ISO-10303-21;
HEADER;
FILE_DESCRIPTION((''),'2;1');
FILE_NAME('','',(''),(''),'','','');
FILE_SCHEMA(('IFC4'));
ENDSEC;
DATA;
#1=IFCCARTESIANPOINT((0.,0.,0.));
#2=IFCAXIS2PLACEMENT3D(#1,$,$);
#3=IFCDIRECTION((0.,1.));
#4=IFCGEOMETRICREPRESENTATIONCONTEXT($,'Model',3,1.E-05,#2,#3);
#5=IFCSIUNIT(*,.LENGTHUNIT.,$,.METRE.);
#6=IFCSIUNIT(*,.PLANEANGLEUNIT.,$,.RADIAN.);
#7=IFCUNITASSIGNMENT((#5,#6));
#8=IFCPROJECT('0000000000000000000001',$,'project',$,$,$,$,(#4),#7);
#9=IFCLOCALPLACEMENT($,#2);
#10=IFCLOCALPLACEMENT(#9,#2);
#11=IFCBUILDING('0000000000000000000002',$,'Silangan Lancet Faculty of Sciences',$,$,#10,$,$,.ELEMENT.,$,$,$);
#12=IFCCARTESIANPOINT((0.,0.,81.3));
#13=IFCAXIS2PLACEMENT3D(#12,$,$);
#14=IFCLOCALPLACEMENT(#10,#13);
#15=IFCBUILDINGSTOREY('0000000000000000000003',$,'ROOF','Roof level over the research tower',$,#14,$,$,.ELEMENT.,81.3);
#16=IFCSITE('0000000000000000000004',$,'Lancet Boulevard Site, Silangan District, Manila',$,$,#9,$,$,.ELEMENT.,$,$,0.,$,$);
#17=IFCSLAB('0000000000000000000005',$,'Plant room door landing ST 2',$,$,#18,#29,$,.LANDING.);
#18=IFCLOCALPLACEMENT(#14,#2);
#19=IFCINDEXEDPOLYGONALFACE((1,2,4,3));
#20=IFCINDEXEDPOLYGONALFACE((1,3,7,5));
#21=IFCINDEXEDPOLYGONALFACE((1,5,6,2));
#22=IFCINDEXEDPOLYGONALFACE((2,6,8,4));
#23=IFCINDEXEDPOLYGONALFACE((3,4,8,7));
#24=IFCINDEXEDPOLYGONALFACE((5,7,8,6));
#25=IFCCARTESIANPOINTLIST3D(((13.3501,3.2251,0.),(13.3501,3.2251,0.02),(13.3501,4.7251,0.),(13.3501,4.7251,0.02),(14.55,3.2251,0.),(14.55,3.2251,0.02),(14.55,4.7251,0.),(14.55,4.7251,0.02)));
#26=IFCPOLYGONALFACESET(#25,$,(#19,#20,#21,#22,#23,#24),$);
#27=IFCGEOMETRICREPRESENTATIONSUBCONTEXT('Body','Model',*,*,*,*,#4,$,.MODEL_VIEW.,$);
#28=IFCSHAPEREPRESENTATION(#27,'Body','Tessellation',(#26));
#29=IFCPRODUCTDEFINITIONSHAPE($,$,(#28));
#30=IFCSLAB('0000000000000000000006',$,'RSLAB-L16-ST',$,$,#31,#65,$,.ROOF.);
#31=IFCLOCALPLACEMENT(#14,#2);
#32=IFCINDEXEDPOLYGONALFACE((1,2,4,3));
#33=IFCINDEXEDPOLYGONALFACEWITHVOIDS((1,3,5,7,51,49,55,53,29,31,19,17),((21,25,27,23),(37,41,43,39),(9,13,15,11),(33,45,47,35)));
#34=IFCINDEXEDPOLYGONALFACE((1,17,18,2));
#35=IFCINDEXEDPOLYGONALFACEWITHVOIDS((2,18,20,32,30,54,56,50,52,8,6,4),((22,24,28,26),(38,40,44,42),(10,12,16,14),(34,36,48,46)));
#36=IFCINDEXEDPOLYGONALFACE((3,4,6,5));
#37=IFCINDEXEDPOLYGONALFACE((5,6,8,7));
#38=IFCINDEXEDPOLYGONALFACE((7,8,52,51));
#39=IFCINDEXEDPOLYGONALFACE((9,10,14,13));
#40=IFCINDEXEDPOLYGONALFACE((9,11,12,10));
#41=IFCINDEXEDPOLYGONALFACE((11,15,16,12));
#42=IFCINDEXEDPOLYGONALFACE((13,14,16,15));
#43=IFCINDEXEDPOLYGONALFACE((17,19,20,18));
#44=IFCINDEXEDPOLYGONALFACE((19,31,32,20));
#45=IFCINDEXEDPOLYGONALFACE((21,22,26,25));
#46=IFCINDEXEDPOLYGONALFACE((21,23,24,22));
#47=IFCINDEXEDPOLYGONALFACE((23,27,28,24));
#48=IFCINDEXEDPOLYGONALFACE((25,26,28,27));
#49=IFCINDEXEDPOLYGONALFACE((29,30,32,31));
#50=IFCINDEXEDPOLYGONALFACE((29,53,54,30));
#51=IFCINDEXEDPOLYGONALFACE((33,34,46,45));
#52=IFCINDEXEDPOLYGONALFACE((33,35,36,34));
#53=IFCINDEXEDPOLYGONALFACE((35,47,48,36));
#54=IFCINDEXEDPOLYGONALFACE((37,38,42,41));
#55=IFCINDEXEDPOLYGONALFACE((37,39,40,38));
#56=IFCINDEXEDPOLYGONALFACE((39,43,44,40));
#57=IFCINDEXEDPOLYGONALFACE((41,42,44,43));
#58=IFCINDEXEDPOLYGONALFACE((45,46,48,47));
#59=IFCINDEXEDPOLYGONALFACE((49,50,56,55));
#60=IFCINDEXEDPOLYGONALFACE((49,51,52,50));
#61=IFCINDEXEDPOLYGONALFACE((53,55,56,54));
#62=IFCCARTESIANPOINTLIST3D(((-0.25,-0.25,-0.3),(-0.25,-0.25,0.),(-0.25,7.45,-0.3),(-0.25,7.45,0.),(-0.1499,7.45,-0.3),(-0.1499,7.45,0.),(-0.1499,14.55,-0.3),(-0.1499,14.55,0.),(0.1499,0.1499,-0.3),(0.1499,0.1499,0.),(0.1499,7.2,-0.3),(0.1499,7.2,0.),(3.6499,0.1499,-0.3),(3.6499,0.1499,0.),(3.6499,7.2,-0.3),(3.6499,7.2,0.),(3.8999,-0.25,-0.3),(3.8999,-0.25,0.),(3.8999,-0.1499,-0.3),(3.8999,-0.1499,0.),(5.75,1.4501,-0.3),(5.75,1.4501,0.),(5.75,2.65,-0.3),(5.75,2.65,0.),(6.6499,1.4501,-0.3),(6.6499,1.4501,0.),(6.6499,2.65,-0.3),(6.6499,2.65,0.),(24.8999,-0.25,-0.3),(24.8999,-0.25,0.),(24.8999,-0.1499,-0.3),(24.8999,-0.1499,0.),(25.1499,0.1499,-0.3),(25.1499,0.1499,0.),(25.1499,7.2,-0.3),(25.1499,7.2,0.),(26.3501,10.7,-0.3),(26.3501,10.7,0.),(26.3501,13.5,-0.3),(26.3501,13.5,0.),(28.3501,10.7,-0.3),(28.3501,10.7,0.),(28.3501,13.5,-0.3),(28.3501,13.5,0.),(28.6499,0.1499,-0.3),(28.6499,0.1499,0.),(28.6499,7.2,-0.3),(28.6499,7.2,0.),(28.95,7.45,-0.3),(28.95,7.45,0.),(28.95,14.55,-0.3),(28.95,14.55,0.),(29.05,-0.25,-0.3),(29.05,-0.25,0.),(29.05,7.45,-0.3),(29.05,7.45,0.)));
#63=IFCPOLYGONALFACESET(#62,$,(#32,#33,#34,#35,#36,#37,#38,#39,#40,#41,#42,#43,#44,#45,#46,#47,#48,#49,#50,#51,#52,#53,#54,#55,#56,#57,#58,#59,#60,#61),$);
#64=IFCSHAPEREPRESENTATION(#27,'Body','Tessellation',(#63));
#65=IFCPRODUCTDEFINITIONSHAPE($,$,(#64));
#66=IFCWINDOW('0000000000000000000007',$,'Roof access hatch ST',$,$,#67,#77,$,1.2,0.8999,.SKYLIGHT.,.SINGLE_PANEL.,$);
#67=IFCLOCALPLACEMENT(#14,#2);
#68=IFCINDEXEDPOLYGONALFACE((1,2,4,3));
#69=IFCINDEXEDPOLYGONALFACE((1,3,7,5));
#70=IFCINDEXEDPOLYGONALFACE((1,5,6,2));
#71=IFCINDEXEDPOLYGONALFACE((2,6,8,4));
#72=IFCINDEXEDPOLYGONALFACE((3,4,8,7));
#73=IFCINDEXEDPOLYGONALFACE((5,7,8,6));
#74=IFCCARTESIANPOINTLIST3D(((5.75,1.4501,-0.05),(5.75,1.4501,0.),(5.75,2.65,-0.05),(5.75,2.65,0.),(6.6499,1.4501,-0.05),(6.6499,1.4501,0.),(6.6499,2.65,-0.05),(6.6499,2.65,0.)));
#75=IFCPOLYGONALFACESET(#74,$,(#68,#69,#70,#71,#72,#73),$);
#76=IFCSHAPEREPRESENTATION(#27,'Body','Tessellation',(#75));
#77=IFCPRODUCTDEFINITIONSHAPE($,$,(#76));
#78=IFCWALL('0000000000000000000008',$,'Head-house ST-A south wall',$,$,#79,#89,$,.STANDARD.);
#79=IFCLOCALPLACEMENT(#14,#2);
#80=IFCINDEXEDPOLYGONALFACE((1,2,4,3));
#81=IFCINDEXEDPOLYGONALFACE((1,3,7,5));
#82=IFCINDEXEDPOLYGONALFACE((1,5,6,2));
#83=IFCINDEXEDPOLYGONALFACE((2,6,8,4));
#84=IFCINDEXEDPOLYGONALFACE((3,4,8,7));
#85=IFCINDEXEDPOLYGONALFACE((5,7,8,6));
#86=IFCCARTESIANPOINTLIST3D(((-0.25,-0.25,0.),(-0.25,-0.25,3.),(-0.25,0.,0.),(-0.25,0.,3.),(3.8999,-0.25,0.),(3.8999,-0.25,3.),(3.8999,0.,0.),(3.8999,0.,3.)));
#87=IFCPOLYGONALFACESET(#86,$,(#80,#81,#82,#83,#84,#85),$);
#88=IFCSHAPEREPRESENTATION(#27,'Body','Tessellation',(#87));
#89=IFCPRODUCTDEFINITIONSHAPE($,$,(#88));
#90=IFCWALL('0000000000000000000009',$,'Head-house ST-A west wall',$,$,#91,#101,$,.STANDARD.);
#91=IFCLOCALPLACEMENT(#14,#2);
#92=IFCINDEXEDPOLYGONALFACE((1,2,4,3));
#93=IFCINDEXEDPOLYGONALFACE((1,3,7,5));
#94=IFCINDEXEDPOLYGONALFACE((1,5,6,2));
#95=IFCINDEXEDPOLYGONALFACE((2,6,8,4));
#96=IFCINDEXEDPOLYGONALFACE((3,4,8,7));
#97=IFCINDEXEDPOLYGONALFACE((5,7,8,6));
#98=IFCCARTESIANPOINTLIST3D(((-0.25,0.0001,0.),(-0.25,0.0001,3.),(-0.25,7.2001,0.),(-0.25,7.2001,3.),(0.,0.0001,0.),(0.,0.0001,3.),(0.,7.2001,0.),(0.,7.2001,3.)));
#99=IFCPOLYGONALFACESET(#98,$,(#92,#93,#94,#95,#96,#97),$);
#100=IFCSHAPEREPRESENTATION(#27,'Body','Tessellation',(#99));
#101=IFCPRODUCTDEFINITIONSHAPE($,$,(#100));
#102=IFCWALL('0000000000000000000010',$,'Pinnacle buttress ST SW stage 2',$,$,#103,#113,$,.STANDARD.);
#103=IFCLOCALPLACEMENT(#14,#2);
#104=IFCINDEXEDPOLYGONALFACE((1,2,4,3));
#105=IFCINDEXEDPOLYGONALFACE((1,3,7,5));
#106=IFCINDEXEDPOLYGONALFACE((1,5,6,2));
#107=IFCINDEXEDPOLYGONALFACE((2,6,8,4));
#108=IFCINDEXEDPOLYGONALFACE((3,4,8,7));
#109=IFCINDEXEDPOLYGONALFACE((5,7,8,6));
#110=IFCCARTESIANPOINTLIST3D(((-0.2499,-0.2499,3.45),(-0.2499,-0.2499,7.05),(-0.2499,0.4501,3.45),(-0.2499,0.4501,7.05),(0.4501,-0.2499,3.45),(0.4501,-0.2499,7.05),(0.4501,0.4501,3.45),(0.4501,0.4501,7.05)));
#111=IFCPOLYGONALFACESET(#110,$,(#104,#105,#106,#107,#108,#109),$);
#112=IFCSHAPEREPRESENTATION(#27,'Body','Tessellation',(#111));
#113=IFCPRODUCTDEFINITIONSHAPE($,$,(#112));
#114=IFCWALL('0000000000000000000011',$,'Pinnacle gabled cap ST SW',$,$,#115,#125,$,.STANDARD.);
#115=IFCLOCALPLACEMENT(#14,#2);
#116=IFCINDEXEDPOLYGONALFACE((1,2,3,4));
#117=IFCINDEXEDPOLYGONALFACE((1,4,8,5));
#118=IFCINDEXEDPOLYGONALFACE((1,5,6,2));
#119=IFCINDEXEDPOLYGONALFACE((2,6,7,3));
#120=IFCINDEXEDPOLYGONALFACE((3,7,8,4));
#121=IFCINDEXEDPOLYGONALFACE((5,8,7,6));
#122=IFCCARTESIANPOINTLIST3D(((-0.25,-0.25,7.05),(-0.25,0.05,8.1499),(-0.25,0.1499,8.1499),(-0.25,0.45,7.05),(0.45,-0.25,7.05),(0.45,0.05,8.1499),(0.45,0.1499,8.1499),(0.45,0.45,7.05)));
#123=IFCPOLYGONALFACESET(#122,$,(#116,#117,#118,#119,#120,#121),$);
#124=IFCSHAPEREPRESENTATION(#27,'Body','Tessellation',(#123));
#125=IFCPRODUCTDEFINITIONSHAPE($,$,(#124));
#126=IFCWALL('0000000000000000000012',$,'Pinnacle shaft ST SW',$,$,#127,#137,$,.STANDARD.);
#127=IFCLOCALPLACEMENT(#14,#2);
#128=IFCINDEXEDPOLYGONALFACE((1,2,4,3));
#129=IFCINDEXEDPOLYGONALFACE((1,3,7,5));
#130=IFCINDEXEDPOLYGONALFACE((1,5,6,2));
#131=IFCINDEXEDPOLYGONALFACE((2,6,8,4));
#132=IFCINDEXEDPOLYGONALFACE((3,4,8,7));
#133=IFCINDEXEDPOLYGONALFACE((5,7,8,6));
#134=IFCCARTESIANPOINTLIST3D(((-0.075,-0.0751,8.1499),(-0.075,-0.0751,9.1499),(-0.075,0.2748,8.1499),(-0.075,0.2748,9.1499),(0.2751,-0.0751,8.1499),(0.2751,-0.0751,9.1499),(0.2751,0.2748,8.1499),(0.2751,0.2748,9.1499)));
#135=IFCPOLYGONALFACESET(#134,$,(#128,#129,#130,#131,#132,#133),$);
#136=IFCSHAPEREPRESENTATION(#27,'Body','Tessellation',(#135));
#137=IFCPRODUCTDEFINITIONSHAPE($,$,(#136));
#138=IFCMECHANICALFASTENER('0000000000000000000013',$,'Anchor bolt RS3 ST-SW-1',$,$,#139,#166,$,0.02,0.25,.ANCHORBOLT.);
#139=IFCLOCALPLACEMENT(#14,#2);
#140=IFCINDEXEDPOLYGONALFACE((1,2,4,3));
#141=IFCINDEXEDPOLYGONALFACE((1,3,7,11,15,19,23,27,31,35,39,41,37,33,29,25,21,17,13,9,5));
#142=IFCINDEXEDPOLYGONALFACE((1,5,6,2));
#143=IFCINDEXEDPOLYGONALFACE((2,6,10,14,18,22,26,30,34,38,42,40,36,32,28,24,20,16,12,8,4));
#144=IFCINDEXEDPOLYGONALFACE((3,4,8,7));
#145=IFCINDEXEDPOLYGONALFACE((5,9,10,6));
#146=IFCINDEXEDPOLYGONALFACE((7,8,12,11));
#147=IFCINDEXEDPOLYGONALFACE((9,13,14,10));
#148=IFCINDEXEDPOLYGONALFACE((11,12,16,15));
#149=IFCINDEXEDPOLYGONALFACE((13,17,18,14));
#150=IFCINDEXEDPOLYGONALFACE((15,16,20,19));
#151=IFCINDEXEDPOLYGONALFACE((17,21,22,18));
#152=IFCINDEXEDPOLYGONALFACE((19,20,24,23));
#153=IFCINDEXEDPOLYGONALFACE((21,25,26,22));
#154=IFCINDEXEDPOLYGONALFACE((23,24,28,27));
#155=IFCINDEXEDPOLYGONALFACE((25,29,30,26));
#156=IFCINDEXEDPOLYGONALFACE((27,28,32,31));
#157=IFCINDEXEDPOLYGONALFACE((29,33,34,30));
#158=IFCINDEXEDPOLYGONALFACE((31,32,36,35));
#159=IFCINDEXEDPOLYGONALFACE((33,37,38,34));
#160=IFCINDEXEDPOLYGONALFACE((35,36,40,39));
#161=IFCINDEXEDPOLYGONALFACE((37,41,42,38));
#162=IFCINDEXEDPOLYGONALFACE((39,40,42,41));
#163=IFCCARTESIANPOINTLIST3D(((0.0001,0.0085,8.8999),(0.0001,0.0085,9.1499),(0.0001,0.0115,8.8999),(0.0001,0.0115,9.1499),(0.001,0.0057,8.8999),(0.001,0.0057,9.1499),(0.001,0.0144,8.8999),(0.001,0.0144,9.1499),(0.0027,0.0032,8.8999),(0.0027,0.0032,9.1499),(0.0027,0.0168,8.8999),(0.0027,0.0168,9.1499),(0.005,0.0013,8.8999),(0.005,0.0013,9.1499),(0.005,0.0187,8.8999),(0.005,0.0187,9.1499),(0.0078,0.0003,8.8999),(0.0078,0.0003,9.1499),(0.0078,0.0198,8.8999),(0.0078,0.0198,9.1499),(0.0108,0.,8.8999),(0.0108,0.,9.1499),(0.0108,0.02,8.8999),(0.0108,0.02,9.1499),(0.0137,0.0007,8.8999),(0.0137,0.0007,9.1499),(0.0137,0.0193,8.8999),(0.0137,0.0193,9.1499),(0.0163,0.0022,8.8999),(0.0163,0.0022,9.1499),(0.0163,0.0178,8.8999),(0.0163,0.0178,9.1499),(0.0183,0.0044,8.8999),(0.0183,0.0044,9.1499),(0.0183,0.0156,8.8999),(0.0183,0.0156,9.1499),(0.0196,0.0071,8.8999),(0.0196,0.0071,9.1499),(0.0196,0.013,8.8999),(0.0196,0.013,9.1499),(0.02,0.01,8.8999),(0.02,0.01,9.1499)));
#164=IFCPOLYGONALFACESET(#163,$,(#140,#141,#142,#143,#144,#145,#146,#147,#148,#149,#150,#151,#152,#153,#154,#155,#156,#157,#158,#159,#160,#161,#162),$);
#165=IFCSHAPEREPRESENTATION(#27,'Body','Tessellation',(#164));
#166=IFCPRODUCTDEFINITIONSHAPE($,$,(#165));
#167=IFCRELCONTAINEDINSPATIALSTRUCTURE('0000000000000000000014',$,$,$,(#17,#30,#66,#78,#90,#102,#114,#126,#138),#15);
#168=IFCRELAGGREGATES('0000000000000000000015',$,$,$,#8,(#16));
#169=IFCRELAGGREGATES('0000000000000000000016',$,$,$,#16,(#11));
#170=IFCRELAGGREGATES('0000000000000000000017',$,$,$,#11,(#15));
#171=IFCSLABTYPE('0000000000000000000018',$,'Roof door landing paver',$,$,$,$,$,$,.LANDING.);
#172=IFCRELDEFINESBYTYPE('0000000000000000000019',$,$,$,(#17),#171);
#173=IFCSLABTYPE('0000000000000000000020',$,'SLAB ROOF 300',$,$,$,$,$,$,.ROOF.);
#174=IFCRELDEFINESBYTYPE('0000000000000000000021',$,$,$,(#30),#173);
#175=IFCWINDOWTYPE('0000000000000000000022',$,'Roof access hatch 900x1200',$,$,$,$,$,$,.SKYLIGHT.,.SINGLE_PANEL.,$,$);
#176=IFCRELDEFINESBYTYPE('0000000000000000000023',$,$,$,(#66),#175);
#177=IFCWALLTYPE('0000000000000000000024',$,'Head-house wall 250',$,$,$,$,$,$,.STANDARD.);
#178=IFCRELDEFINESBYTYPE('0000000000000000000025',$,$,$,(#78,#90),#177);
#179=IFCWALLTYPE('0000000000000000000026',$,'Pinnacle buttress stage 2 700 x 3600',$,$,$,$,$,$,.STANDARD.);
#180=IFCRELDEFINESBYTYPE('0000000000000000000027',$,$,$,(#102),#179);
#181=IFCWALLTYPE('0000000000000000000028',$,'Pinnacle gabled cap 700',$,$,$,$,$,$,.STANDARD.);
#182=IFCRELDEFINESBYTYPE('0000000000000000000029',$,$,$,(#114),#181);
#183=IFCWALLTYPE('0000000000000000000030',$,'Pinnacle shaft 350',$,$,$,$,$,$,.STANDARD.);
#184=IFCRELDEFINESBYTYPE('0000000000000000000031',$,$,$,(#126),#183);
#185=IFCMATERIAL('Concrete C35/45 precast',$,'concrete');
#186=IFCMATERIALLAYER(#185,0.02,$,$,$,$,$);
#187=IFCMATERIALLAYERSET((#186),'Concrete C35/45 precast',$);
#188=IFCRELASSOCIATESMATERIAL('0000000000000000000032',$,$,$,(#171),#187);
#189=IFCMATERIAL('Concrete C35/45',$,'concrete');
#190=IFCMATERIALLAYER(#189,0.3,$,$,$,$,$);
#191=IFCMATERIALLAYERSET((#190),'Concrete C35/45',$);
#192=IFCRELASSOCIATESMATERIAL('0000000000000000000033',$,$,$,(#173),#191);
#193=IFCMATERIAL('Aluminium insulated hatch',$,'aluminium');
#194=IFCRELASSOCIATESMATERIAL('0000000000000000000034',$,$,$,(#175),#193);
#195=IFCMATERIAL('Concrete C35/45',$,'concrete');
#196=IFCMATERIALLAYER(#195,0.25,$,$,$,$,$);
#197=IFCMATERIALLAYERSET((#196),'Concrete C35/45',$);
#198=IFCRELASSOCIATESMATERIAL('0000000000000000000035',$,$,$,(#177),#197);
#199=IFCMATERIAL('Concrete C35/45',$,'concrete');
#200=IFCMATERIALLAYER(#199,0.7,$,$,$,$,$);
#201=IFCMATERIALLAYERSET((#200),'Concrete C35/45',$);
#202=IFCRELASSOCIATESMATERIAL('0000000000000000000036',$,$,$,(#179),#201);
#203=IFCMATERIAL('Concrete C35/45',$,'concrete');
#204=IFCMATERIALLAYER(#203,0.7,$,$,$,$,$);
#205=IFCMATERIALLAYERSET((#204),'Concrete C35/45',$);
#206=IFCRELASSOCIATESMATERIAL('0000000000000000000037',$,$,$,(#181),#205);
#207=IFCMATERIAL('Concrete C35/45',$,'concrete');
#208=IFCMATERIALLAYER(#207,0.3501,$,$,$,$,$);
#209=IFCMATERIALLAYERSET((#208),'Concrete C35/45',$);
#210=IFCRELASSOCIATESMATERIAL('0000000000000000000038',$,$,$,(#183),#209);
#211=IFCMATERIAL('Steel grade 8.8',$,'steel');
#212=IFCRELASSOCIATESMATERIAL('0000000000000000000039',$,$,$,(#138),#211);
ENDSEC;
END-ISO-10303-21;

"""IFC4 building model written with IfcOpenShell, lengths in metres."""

from ifc_helpers import new_model, si_unit, direction, frame, frame_2d, origin, origin_2d, place, context, subcontext, project, spatial, polyline, rectangle, circle, outline, extrude, material, layer, layer_set, type_object, element, fill, save


model = new_model("IFC4")

# Units and contexts
model_context = context("Model", 3, precision=1e-05, world=origin(), true_north=direction((0.0, 1.0)))
body_context = subcontext(model_context, "Body", "Model", "MODEL_VIEW")
ifc_project = project(units=[si_unit("LENGTHUNIT", "METRE"), si_unit("PLANEANGLEUNIT", "RADIAN")], contexts=[model_context])

# Site, building, storey
site_placement = place(None, origin())
site = spatial("IfcSite", under=ifc_project, at=site_placement, Name="Lancet Boulevard Site, Silangan District, Manila", CompositionType="ELEMENT", RefElevation=0.0)
building_placement = place(site_placement, origin())
building = spatial("IfcBuilding", under=site, at=building_placement, Name="Silangan Lancet Faculty of Sciences", CompositionType="ELEMENT")
storey_placement = place(building_placement, frame((0.0, 0.0, 81.3)))
storey = spatial("IfcBuildingStorey", under=building, at=storey_placement, Name="ROOF", Description="Roof level over the research tower", CompositionType="ELEMENT", Elevation=81.3)

# Slab
ifc_material_1 = material(Name="Concrete C35/45 precast", Category="concrete")
ifc_layer_1 = layer(ifc_material_1, 0.02)
ifc_layer_set_1 = layer_set([ifc_layer_1], Name="Concrete C35/45 precast")
slab_type_1 = type_object("IfcSlabType", Name="Roof door landing paver", PredefinedType="LANDING", material=ifc_layer_set_1)
slab_1_placement = place(storey_placement, origin())
element("IfcSlab", 1, at=slab_1_placement, inside=storey, type_object=slab_type_1, Name="Plant room door landing ST 2", PredefinedType="LANDING", context=body_context, shape_type="SweptSolid", body=[
    extrude(outline(polyline([(13.3501, 3.2251), (14.55, 3.2251), (14.55, 4.7251), (13.3501, 4.7251), (13.3501, 3.2251)])), origin(), (0.0, 0.0, 1.0), 0.02),
])

# Slab, opening, window
ifc_material_2 = material(Name="Concrete C35/45", Category="concrete")
ifc_layer_2 = layer(ifc_material_2, 0.3)
ifc_layer_set_2 = layer_set([ifc_layer_2], Name="Concrete C35/45")
slab_type_2 = type_object("IfcSlabType", Name="SLAB ROOF 300", PredefinedType="ROOF", material=ifc_layer_set_2)
slab_2_placement = place(storey_placement, frame((0.0, 0.0, -0.3)))
slab_2 = element("IfcSlab", 2, at=slab_2_placement, inside=storey, type_object=slab_type_2, Name="RSLAB-L16-ST", PredefinedType="ROOF", context=body_context, shape_type="SweptSolid", body=[
    extrude(outline(polyline([(-0.25, -0.25), (3.8999, -0.25), (3.8999, -0.1499), (24.8999, -0.1499), (24.8999, -0.25), (29.05, -0.25), (29.05, 7.45), (28.95, 7.45), (28.95, 14.55), (-0.1499, 14.55), (-0.1499, 7.45), (-0.25, 7.45), (-0.25, -0.25)]), holes=[polyline([(3.6499, 0.1499), (0.1499, 0.1499), (0.1499, 7.2), (3.6499, 7.2), (3.6499, 0.1499)]), polyline([(28.6499, 0.1499), (25.1499, 0.1499), (25.1499, 7.2), (28.6499, 7.2), (28.6499, 0.1499)]), polyline([(26.3501, 13.5), (28.3501, 13.5), (28.3501, 10.7), (26.3501, 10.7), (26.3501, 13.5)])]), origin(), (0.0, 0.0, 1.0), 0.3),
])
opening_placement = place(slab_2_placement, frame((6.2, 2.05, 0.0)))
opening = element("IfcOpeningElement", 3, at=opening_placement, cuts=slab_2, PredefinedType="OPENING", context=body_context, shape_type="SweptSolid", body=[
    extrude(rectangle(XDim=0.8999, YDim=1.2, at=origin_2d()), origin(), (0.0, 0.0, 1.0), 0.3),
])
ifc_material_3 = material(Name="Aluminium insulated hatch", Category="aluminium")
window_type = type_object("IfcWindowType", Name="Roof access hatch 900x1200", PartitioningType="SINGLE_PANEL", PredefinedType="SKYLIGHT", material=ifc_material_3)
window_placement = place(opening_placement, frame((0.0, 0.0, 0.25)))
window = element("IfcWindow", 4, at=window_placement, inside=storey, type_object=window_type, Name="Roof access hatch ST", OverallHeight=1.2, OverallWidth=0.8999, PartitioningType="SINGLE_PANEL", PredefinedType="SKYLIGHT", context=body_context, shape_type="SweptSolid", body=[
    extrude(rectangle(XDim=0.8999, YDim=1.2, at=origin_2d()), origin(), (0.0, 0.0, 1.0), 0.05),
])
fill(opening, window)

# Walls
ifc_material_4 = material(Name="Concrete C35/45", Category="concrete")
ifc_layer_3 = layer(ifc_material_4, 0.25)
ifc_layer_set_3 = layer_set([ifc_layer_3], Name="Concrete C35/45")
wall_type_1 = type_object("IfcWallType", Name="Head-house wall 250", PredefinedType="STANDARD", material=ifc_layer_set_3)
wall_1_placement = place(storey_placement, frame((-0.25, -0.125, 0.0), z_axis=(0.0, 0.0, 1.0), x_axis=(1.0, 0.0, 0.0)))
element("IfcWall", 5, at=wall_1_placement, inside=storey, type_object=wall_type_1, Name="Head-house ST-A south wall", PredefinedType="STANDARD", context=body_context, shape_type="SweptSolid", body=[
    extrude(rectangle(XDim=4.1499, YDim=0.25, at=frame_2d((2.075, 0.0))), origin(), (0.0, 0.0, 1.0), 3.0),
])
wall_2_placement = place(storey_placement, frame((-0.125, 0.0, 0.0), z_axis=(0.0, 0.0, 1.0), x_axis=(0.0, 1.0, 0.0)))
element("IfcWall", 6, at=wall_2_placement, inside=storey, type_object=wall_type_1, Name="Head-house ST-A west wall", PredefinedType="STANDARD", context=body_context, shape_type="SweptSolid", body=[
    extrude(rectangle(XDim=7.2, YDim=0.25, at=frame_2d((3.6001, 0.0))), origin(), (0.0, 0.0, 1.0), 3.0),
])
ifc_material_5 = material(Name="Concrete C35/45", Category="concrete")
ifc_layer_4 = layer(ifc_material_5, 0.7)
ifc_layer_set_4 = layer_set([ifc_layer_4], Name="Concrete C35/45")
wall_type_2 = type_object("IfcWallType", Name="Pinnacle buttress stage 2 700 x 3600", PredefinedType="STANDARD", material=ifc_layer_set_4)
wall_3_placement = place(storey_placement, frame((0.1001, -0.25, 3.45), z_axis=(0.0, 0.0, 1.0), x_axis=(0.0, 1.0, 0.0)))
element("IfcWall", 7, at=wall_3_placement, inside=storey, type_object=wall_type_2, Name="Pinnacle buttress ST SW stage 2", PredefinedType="STANDARD", context=body_context, shape_type="SweptSolid", body=[
    extrude(rectangle(XDim=0.7, YDim=0.7, at=frame_2d((0.3501, 0.0))), origin(), (0.0, 0.0, 1.0), 3.6001),
])
ifc_material_6 = material(Name="Concrete C35/45", Category="concrete")
ifc_layer_5 = layer(ifc_material_6, 0.7)
ifc_layer_set_5 = layer_set([ifc_layer_5], Name="Concrete C35/45")
wall_type_3 = type_object("IfcWallType", Name="Pinnacle gabled cap 700", PredefinedType="STANDARD", material=ifc_layer_set_5)
wall_4_placement = place(storey_placement, frame((0.1001, -0.25, 7.05), z_axis=(0.0, 0.0, 1.0), x_axis=(0.0, 1.0, 0.0)))
element("IfcWall", 8, at=wall_4_placement, inside=storey, type_object=wall_type_3, Name="Pinnacle gabled cap ST SW", PredefinedType="STANDARD", context=body_context, shape_type="SweptSolid", body=[
    extrude(outline(polyline([(0.0, 0.0), (0.7, 0.0), (0.3999, 1.0999), (0.3, 1.0999), (0.0, 0.0)])), frame((0.0, 0.3501, 0.0), z_axis=(0.0, -1.0, 0.0), x_axis=(1.0, 0.0, 0.0)), (0.0, 0.0, 1.0), 0.7),
])
ifc_material_7 = material(Name="Concrete C35/45", Category="concrete")
ifc_layer_6 = layer(ifc_material_7, 0.3501)
ifc_layer_set_6 = layer_set([ifc_layer_6], Name="Concrete C35/45")
wall_type_4 = type_object("IfcWallType", Name="Pinnacle shaft 350", PredefinedType="STANDARD", material=ifc_layer_set_6)
wall_5_placement = place(storey_placement, frame((0.1001, -0.075, 8.1499), z_axis=(0.0, 0.0, 1.0), x_axis=(0.0, 1.0, 0.0)))
element("IfcWall", 9, at=wall_5_placement, inside=storey, type_object=wall_type_4, Name="Pinnacle shaft ST SW", PredefinedType="STANDARD", context=body_context, shape_type="SweptSolid", body=[
    extrude(rectangle(XDim=0.3499, YDim=0.3501, at=frame_2d((0.1748, 0.0))), origin(), (0.0, 0.0, 1.0), 1.0),
])

# Mechanical fastener
ifc_material_8 = material(Name="Steel grade 8.8", Category="steel")
for number, where, z_axis, x_axis, name in (
    (10, (0.01, 0.01, 8.8999), (0.0, 0.0, 1.0), (1.0, 0.0, 0.0), "Anchor bolt RS3 ST-SW-1"),
):
    element("IfcMechanicalFastener", number, at=place(storey_placement, frame(where, z_axis=z_axis, x_axis=x_axis)), inside=storey, material=ifc_material_8, Name=name, NominalDiameter=0.02, NominalLength=0.25, PredefinedType="ANCHORBOLT", context=body_context, shape_type="SweptSolid", body=[
        extrude(circle(Radius=0.01, at=origin_2d()), origin(), (0.0, 0.0, 1.0), 0.25),
    ])

save(model, "model.ifc")
